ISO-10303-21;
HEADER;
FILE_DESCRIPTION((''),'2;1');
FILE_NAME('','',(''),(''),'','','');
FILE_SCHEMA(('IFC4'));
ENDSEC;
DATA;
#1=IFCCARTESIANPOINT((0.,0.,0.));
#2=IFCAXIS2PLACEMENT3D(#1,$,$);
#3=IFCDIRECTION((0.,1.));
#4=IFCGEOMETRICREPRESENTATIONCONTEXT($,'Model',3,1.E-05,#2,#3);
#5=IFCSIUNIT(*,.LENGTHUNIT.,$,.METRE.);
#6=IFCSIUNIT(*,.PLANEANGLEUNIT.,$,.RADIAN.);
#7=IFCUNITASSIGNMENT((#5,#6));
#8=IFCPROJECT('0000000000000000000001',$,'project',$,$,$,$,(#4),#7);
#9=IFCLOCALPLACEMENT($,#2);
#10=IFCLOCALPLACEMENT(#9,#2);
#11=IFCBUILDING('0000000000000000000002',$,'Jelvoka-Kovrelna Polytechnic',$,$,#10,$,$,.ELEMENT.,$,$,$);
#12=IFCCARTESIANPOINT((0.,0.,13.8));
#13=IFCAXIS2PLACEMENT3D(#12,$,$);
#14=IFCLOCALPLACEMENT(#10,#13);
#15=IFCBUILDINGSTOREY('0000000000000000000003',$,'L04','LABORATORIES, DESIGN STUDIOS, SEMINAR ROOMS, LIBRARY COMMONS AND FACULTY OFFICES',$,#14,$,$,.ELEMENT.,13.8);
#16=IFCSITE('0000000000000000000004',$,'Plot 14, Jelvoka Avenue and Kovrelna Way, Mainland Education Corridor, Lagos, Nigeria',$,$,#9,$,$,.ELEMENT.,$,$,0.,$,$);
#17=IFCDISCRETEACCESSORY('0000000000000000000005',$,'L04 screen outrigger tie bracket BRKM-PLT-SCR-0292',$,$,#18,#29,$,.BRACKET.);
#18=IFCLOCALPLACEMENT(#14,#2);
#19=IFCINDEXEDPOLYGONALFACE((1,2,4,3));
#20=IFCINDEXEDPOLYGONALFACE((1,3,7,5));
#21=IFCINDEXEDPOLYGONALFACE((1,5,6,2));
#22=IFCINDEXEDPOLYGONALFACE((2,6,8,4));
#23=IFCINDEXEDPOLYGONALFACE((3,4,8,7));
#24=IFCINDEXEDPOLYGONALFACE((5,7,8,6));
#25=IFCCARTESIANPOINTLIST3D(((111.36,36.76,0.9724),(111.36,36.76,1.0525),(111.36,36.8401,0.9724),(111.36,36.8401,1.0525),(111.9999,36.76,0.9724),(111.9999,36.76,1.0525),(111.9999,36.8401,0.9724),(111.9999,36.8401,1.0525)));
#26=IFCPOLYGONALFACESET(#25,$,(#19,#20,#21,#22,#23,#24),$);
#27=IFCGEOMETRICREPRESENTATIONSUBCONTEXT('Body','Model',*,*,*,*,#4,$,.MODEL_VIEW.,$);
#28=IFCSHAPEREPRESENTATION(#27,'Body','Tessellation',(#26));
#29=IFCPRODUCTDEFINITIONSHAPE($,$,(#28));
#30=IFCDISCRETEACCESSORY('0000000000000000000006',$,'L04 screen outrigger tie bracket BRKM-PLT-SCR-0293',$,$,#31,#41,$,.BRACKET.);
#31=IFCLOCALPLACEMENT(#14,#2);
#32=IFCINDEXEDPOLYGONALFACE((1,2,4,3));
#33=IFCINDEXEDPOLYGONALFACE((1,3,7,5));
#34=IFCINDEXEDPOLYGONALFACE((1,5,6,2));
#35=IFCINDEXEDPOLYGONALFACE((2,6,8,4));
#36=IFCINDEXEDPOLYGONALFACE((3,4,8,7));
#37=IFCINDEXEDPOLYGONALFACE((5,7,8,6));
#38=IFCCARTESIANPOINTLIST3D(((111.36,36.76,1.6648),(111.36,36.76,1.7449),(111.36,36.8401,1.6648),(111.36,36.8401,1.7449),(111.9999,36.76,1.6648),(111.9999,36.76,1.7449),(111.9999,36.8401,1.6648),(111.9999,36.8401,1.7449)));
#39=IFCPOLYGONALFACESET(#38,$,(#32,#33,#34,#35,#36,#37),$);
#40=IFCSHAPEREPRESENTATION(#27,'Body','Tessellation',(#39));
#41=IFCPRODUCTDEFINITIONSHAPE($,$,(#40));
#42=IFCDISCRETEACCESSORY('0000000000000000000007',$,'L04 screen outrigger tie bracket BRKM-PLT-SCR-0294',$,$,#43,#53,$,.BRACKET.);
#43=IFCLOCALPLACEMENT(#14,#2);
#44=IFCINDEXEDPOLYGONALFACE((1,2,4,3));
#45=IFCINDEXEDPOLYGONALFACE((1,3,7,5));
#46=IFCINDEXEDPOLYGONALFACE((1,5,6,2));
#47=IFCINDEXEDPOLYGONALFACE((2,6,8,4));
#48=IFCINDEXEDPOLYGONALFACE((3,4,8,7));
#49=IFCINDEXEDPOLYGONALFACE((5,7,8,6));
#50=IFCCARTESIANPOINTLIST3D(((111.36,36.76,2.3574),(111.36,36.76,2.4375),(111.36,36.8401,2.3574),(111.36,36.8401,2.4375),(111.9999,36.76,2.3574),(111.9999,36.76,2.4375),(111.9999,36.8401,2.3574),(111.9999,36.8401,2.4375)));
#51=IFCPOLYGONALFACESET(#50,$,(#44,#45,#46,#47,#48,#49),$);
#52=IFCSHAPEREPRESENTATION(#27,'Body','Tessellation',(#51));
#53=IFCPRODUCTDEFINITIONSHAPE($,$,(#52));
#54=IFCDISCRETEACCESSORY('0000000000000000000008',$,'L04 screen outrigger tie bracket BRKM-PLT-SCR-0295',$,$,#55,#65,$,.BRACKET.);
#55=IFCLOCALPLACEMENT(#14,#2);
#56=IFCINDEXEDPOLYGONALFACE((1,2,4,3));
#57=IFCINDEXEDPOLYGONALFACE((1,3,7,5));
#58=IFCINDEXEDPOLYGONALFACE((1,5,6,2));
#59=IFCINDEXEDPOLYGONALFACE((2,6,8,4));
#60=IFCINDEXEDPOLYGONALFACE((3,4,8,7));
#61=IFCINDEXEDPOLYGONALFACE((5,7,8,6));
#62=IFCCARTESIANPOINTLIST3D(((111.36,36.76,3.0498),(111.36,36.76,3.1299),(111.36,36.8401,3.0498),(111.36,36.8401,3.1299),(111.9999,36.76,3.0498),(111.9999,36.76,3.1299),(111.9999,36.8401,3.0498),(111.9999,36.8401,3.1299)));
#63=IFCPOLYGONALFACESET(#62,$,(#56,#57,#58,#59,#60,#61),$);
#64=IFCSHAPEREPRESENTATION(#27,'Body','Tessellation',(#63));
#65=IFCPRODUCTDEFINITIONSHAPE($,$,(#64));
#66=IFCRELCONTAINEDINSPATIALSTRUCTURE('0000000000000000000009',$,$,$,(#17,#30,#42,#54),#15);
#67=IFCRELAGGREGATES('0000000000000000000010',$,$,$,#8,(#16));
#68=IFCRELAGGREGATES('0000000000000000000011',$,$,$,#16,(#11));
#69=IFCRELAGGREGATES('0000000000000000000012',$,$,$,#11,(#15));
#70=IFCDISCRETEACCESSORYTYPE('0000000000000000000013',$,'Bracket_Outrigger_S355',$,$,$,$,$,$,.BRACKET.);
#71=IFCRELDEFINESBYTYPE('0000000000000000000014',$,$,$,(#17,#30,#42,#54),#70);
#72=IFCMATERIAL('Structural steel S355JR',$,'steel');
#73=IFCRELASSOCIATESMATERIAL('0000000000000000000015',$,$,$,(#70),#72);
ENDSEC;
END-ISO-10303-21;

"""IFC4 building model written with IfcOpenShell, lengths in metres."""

from ifc_helpers import new_model, si_unit, direction, frame, origin, origin_2d, place, context, subcontext, project, spatial, rectangle, extrude, material, type_object, element, save


model = new_model("IFC4")

# Units and contexts
model_context = context("Model", 3, precision=1e-05, world=origin(), true_north=direction((0.0, 1.0)))
body_context = subcontext(model_context, "Body", "Model", "MODEL_VIEW")
ifc_project = project(units=[si_unit("LENGTHUNIT", "METRE"), si_unit("PLANEANGLEUNIT", "RADIAN")], contexts=[model_context])

# Site, building, storey
site_placement = place(None, origin())
site = spatial("IfcSite", under=ifc_project, at=site_placement, Name="Plot 14, Jelvoka Avenue and Kovrelna Way, Mainland Education Corridor, Lagos, Nigeria", CompositionType="ELEMENT", RefElevation=0.0)
building_placement = place(site_placement, origin())
building = spatial("IfcBuilding", under=site, at=building_placement, Name="Jelvoka-Kovrelna Polytechnic", CompositionType="ELEMENT")
storey_placement = place(building_placement, frame((0.0, 0.0, 13.8)))
storey = spatial("IfcBuildingStorey", under=building, at=storey_placement, Name="L04", Description="LABORATORIES, DESIGN STUDIOS, SEMINAR ROOMS, LIBRARY COMMONS AND FACULTY OFFICES", CompositionType="ELEMENT", Elevation=13.8)

# Discrete accessories
ifc_material_1 = material(Name="Structural steel S355JR", Category="steel")
discrete_accessory_type = type_object("IfcDiscreteAccessoryType", Name="Bracket_Outrigger_S355", PredefinedType="BRACKET", material=ifc_material_1)
for number, where, z_axis, x_axis, name in (
    (1, (111.6799, 36.8, 0.9724), (0.0, 0.0, 1.0), (1.0, 0.0, 0.0), "L04 screen outrigger tie bracket BRKM-PLT-SCR-0292"),
    (2, (111.6799, 36.8, 1.6648), (0.0, 0.0, 1.0), (1.0, 0.0, 0.0), "L04 screen outrigger tie bracket BRKM-PLT-SCR-0293"),
    (3, (111.6799, 36.8, 2.3574), (0.0, 0.0, 1.0), (1.0, 0.0, 0.0), "L04 screen outrigger tie bracket BRKM-PLT-SCR-0294"),
    (4, (111.6799, 36.8, 3.0498), (0.0, 0.0, 1.0), (1.0, 0.0, 0.0), "L04 screen outrigger tie bracket BRKM-PLT-SCR-0295"),
):
    element("IfcDiscreteAccessory", number, at=place(storey_placement, frame(where, z_axis=z_axis, x_axis=x_axis)), inside=storey, type_object=discrete_accessory_type, Name=name, PredefinedType="BRACKET", context=body_context, shape_type="SweptSolid", body=[
        extrude(rectangle(XDim=0.6399, YDim=0.0801, at=origin_2d()), origin(), (0.0, 0.0, 1.0), 0.0801),
    ])

save(model, "model.ifc")
